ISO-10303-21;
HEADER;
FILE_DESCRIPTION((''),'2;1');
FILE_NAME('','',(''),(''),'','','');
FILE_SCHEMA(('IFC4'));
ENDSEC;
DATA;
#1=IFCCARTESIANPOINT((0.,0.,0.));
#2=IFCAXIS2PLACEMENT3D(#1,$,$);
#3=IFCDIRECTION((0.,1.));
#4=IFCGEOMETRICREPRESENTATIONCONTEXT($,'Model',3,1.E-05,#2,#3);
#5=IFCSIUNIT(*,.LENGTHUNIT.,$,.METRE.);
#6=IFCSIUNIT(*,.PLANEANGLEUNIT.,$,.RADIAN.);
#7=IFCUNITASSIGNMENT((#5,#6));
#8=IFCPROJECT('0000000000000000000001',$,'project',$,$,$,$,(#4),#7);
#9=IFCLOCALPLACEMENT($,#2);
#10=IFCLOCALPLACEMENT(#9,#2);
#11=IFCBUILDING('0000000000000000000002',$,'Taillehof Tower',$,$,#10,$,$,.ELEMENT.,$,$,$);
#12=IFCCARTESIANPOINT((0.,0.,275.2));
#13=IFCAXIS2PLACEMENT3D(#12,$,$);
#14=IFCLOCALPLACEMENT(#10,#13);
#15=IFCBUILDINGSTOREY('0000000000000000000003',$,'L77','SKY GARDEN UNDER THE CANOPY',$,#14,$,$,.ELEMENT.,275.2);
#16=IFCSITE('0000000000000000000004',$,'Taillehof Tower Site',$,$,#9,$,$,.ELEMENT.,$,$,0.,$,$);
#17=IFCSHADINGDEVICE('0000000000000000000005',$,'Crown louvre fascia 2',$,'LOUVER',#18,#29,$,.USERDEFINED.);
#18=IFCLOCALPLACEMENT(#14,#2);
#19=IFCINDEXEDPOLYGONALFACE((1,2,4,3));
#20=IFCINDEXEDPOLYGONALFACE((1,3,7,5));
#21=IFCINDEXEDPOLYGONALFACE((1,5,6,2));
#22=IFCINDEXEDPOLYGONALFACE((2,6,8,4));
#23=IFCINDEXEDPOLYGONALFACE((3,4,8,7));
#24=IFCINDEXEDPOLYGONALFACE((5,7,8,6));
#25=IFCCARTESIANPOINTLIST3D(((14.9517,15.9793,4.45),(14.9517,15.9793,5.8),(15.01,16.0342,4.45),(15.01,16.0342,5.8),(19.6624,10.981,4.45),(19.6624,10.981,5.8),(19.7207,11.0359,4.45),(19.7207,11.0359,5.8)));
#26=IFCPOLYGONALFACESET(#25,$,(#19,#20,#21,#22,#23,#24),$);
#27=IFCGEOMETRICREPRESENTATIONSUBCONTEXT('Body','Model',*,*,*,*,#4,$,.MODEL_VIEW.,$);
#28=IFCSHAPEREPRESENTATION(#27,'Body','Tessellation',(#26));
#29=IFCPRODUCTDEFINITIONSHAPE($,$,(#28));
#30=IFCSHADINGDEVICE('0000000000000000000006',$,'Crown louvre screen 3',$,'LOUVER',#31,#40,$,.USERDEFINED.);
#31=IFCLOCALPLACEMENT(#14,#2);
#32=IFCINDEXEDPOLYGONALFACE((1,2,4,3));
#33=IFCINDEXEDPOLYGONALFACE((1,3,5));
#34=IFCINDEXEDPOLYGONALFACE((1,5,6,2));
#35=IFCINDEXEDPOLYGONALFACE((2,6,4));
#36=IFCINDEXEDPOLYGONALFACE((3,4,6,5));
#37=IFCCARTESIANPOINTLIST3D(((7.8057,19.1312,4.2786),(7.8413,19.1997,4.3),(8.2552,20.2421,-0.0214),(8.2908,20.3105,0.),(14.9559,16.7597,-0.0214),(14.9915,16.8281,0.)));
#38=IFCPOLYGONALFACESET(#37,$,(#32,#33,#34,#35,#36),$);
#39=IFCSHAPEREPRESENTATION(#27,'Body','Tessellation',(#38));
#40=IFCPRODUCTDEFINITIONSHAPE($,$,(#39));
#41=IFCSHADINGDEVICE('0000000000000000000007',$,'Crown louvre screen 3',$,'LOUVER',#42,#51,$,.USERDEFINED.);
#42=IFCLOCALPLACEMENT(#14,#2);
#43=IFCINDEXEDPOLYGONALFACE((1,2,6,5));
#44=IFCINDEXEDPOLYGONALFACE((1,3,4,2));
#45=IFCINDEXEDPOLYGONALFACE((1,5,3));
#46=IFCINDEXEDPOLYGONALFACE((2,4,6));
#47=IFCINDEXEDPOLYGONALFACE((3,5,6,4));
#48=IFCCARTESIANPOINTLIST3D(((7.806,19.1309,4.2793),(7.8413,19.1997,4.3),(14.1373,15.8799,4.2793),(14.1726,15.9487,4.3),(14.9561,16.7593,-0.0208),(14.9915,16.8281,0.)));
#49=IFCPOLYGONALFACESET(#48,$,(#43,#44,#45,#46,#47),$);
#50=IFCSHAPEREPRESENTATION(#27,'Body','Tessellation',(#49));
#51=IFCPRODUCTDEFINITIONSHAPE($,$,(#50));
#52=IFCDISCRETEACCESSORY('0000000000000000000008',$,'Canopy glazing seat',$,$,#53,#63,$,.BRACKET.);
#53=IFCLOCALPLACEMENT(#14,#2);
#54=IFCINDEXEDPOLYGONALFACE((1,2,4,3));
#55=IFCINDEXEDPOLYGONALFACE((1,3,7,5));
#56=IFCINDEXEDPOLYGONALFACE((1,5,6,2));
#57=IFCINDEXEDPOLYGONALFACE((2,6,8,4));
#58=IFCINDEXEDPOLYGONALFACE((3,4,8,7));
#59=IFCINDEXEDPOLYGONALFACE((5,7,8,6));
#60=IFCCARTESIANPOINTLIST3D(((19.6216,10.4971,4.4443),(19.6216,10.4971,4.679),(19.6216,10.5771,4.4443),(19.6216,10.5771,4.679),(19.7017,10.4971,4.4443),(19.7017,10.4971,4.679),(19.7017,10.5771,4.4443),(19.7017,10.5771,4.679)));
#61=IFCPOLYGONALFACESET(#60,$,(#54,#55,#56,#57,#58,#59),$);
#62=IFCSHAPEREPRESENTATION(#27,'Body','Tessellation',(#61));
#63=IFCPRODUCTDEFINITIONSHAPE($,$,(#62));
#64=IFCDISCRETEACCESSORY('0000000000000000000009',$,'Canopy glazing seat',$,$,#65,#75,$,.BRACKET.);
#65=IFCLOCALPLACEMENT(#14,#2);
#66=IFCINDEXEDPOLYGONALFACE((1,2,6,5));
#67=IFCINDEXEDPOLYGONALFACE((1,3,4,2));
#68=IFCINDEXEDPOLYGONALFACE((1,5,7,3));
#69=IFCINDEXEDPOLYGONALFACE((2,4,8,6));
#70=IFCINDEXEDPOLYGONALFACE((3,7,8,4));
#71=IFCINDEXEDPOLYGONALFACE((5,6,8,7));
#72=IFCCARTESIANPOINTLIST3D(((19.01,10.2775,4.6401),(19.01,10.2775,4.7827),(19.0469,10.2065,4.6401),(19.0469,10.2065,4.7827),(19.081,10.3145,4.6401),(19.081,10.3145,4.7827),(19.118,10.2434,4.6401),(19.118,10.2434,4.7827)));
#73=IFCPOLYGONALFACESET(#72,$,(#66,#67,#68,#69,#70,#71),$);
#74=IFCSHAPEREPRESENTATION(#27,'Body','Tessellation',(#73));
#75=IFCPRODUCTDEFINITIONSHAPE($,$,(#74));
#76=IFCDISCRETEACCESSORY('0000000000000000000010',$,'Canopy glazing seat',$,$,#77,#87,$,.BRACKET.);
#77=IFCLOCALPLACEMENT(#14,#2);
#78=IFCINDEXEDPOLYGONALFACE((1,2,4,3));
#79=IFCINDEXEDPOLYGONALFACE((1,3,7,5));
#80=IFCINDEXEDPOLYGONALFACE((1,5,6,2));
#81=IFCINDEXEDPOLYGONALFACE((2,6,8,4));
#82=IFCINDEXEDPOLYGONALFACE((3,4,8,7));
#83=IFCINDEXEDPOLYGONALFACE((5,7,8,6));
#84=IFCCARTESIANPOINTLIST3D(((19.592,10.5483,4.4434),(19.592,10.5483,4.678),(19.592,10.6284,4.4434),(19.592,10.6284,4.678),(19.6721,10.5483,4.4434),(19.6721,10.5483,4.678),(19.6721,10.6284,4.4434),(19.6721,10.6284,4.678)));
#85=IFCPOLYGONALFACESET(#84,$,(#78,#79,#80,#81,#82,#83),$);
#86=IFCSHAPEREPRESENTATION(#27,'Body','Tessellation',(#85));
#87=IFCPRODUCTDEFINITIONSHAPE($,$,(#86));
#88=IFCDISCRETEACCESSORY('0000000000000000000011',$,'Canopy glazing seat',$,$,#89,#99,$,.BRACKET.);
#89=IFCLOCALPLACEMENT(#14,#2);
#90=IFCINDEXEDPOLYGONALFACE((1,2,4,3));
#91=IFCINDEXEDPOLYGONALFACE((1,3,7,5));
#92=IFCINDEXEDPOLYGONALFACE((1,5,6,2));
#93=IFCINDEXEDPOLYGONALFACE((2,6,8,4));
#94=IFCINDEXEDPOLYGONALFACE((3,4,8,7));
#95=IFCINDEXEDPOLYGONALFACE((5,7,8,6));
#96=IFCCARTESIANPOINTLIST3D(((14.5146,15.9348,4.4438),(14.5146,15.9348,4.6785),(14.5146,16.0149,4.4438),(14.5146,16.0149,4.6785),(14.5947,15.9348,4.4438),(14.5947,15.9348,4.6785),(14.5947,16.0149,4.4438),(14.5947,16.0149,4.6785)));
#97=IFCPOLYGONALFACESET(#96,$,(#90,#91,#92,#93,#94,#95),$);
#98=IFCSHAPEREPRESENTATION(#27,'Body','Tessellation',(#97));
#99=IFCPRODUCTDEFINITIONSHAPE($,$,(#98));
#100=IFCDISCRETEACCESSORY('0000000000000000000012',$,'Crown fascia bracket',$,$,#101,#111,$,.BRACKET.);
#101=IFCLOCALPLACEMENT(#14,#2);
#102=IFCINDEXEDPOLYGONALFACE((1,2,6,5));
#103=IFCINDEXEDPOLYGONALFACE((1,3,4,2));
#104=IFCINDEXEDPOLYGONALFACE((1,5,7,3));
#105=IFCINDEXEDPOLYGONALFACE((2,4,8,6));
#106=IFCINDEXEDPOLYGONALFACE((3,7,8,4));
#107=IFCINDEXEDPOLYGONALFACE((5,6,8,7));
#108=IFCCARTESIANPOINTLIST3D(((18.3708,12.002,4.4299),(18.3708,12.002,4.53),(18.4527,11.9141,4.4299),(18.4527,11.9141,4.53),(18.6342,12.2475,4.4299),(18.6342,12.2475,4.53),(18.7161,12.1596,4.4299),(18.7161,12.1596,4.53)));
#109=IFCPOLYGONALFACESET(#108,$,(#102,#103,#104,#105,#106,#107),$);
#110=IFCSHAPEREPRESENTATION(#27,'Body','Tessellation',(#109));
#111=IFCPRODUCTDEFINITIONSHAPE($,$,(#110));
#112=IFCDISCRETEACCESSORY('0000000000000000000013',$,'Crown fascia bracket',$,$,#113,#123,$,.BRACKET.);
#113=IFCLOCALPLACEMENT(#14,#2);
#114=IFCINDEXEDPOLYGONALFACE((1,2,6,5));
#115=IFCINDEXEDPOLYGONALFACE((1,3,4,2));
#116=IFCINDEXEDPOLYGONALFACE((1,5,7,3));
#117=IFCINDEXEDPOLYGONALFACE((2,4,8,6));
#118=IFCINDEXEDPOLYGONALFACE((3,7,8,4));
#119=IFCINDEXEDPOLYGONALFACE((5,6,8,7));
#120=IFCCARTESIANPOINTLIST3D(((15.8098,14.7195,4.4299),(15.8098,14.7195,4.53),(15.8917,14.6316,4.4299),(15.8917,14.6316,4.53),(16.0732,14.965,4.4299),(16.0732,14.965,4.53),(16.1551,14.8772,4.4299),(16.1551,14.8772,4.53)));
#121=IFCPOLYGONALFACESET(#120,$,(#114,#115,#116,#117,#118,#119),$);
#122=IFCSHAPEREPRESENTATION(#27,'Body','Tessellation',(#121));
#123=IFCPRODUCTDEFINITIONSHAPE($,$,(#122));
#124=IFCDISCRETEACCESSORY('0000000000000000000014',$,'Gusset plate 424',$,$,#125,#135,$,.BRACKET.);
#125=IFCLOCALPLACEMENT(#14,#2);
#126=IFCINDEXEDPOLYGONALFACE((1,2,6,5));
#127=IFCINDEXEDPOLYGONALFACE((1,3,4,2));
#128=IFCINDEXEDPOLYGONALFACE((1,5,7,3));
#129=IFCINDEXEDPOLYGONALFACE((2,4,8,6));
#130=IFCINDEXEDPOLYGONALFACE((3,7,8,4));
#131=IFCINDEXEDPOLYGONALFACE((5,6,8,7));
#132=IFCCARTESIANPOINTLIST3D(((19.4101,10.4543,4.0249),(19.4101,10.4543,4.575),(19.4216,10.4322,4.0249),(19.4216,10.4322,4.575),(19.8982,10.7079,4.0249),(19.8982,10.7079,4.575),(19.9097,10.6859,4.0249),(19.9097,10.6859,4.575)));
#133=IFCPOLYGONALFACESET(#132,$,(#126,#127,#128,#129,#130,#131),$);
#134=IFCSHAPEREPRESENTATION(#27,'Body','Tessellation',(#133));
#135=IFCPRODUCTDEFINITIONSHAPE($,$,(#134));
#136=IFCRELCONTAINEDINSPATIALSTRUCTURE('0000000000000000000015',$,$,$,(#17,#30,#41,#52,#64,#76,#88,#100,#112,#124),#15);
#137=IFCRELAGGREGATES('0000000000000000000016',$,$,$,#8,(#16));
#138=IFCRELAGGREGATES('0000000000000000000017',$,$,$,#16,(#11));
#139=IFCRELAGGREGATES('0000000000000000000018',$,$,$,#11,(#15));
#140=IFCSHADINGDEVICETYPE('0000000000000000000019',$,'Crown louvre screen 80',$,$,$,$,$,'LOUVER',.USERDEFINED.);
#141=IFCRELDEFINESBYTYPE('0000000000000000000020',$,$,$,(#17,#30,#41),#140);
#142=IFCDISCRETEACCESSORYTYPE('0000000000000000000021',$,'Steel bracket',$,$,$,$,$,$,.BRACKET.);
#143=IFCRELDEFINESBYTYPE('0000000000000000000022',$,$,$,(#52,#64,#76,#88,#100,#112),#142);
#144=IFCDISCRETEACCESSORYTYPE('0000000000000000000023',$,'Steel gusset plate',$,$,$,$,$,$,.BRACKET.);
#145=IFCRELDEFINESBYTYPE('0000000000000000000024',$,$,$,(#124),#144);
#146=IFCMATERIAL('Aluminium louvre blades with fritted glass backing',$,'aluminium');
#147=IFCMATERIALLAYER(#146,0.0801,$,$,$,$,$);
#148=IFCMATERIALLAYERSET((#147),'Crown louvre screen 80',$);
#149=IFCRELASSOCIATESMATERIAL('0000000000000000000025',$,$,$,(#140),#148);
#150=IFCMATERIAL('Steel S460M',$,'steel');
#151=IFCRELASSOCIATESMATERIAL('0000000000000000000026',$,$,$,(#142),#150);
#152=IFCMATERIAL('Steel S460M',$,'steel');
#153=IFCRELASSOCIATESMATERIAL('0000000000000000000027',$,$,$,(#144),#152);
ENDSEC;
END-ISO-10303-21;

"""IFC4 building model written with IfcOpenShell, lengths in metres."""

from ifc_helpers import new_model, si_unit, direction, frame, origin, origin_2d, place, context, subcontext, project, spatial, polyline, rectangle, outline, extrude, material, layer, layer_set, type_object, element, save


model = new_model("IFC4")

# Units and contexts
model_context = context("Model", 3, precision=1e-05, world=origin(), true_north=direction((0.0, 1.0)))
body_context = subcontext(model_context, "Body", "Model", "MODEL_VIEW")
ifc_project = project(units=[si_unit("LENGTHUNIT", "METRE"), si_unit("PLANEANGLEUNIT", "RADIAN")], contexts=[model_context])

# Site, building, storey
site_placement = place(None, origin())
site = spatial("IfcSite", under=ifc_project, at=site_placement, Name="Taillehof Tower Site", CompositionType="ELEMENT", RefElevation=0.0)
building_placement = place(site_placement, origin())
building = spatial("IfcBuilding", under=site, at=building_placement, Name="Taillehof Tower", CompositionType="ELEMENT")
storey_placement = place(building_placement, frame((0.0, 0.0, 275.2)))
storey = spatial("IfcBuildingStorey", under=building, at=storey_placement, Name="L77", Description="SKY GARDEN UNDER THE CANOPY", CompositionType="ELEMENT", Elevation=275.2)

# Shading devices
ifc_material_1 = material(Name="Aluminium louvre blades with fritted glass backing", Category="aluminium")
ifc_layer_1 = layer(ifc_material_1, 0.0801)
ifc_layer_set_1 = layer_set([ifc_layer_1], Name="Crown louvre screen 80")
shading_device_type = type_object("IfcShadingDeviceType", Name="Crown louvre screen 80", ElementType="LOUVER", PredefinedType="USERDEFINED", material=ifc_layer_set_1)
shading_device_1_placement = place(storey_placement, frame((19.7207, 11.0359, 4.45), z_axis=(0.727733, 0.68586, 0.0), x_axis=(-0.68586, 0.727733, 0.0)))
element("IfcShadingDevice", 1, at=shading_device_1_placement, inside=storey, type_object=shading_device_type, Name="Crown louvre fascia 2", ObjectType="LOUVER", PredefinedType="USERDEFINED", context=body_context, shape_type="SweptSolid", body=[
    extrude(outline(polyline([(0.0, 0.0), (6.8683, 0.0), (6.8683, 1.3501), (0.0, 1.3501), (0.0, 0.0)])), origin(), (0.0, 0.0, -1.0), 0.0801),
])
shading_device_2_placement = place(storey_placement, frame((14.9915, 16.8281, 0.0), z_axis=(0.444368, 0.855028, 0.267329), x_axis=(-0.887322, 0.461151, 0.0)))
element("IfcShadingDevice", 2, at=shading_device_2_placement, inside=storey, type_object=shading_device_type, Name="Crown louvre screen 3", ObjectType="LOUVER", PredefinedType="USERDEFINED", context=body_context, shape_type="SweptSolid", body=[
    extrude(outline(polyline([(0.0, 0.0), (7.5516, 0.0), (7.4381, 4.4625), (0.0, 0.0)])), origin(), (0.0, 0.0, -1.0), 0.0801),
])
shading_device_3_placement = place(storey_placement, frame((14.9915, 16.8281, 0.0), z_axis=(0.441109, 0.859062, 0.259684), x_axis=(-0.824313, 0.273411, 0.495736)))
element("IfcShadingDevice", 3, at=shading_device_3_placement, inside=storey, type_object=shading_device_type, Name="Crown louvre screen 3", ObjectType="LOUVER", PredefinedType="USERDEFINED", context=body_context, shape_type="SweptSolid", body=[
    extrude(outline(polyline([(0.0, 0.0), (8.6741, 0.0), (2.5662, 3.6536), (0.0, 0.0)])), origin(), (0.0, 0.0, -1.0), 0.0801),
])

# Discrete accessories
ifc_material_2 = material(Name="Steel S460M", Category="steel")
discrete_accessory_type_1 = type_object("IfcDiscreteAccessoryType", Name="Steel bracket", PredefinedType="BRACKET", material=ifc_material_2)
discrete_accessory_1_placement = place(storey_placement, frame((19.6616, 10.5371, 4.4443), z_axis=(0.0, 0.0, 1.0), x_axis=(1.0, 0.0, 0.0)))
element("IfcDiscreteAccessory", 4, at=discrete_accessory_1_placement, inside=storey, type_object=discrete_accessory_type_1, Name="Canopy glazing seat", PredefinedType="BRACKET", context=body_context, shape_type="SweptSolid", body=[
    extrude(rectangle(XDim=0.0801, YDim=0.0801, at=origin_2d()), origin(), (0.0, 0.0, 1.0), 0.2346),
])
discrete_accessory_2_placement = place(storey_placement, frame((19.064, 10.2605, 4.6401), z_axis=(0.0, 0.0, 1.0), x_axis=(-0.887205, -0.461375, 0.0)))
element("IfcDiscreteAccessory", 5, at=discrete_accessory_2_placement, inside=storey, type_object=discrete_accessory_type_1, Name="Canopy glazing seat", PredefinedType="BRACKET", context=body_context, shape_type="SweptSolid", body=[
    extrude(rectangle(XDim=0.0801, YDim=0.0801, at=origin_2d()), origin(), (0.0, 0.0, 1.0), 0.1426),
])
for number, where, z_axis, x_axis, name in (
    (6, (19.6321, 10.5884, 4.4434), (0.0, 0.0, 1.0), (1.0, 0.0, 0.0), "Canopy glazing seat"),
    (7, (14.5547, 15.9749, 4.4438), (0.0, 0.0, 1.0), (1.0, 0.0, 0.0), "Canopy glazing seat"),
):
    element("IfcDiscreteAccessory", number, at=place(storey_placement, frame(where, z_axis=z_axis, x_axis=x_axis)), inside=storey, type_object=discrete_accessory_type_1, Name=name, PredefinedType="BRACKET", context=body_context, shape_type="SweptSolid", body=[
        extrude(rectangle(XDim=0.0801, YDim=0.0801, at=origin_2d()), origin(), (0.0, 0.0, 1.0), 0.2346),
    ])
for number, where, z_axis, x_axis, name in (
    (8, (18.5435, 12.0808, 4.4299), (0.0, 0.0, 1.0), (0.731499, 0.681843, 0.0), "Crown fascia bracket"),
    (9, (15.9824, 14.7983, 4.4299), (0.0, 0.0, 1.0), (0.731499, 0.681843, 0.0), "Crown fascia bracket"),
):
    element("IfcDiscreteAccessory", number, at=place(storey_placement, frame(where, z_axis=z_axis, x_axis=x_axis)), inside=storey, type_object=discrete_accessory_type_1, Name=name, PredefinedType="BRACKET", context=body_context, shape_type="SweptSolid", body=[
        extrude(rectangle(XDim=0.3601, YDim=0.1201, at=origin_2d()), origin(), (0.0, 0.0, 1.0), 0.1001),
    ])
ifc_material_3 = material(Name="Steel S460M", Category="steel")
discrete_accessory_type_2 = type_object("IfcDiscreteAccessoryType", Name="Steel gusset plate", PredefinedType="BRACKET", material=ifc_material_3)
discrete_accessory_3_placement = place(storey_placement, frame((19.6599, 10.5701, 4.0249), z_axis=(0.0, 0.0, 1.0), x_axis=(-0.887314, -0.461166, 0.0)))
element("IfcDiscreteAccessory", 10, at=discrete_accessory_3_placement, inside=storey, type_object=discrete_accessory_type_2, Name="Gusset plate 424", PredefinedType="BRACKET", context=body_context, shape_type="SweptSolid", body=[
    extrude(rectangle(XDim=0.55, YDim=0.0249, at=origin_2d()), origin(), (0.0, 0.0, 1.0), 0.55),
])

save(model, "model.ifc")
